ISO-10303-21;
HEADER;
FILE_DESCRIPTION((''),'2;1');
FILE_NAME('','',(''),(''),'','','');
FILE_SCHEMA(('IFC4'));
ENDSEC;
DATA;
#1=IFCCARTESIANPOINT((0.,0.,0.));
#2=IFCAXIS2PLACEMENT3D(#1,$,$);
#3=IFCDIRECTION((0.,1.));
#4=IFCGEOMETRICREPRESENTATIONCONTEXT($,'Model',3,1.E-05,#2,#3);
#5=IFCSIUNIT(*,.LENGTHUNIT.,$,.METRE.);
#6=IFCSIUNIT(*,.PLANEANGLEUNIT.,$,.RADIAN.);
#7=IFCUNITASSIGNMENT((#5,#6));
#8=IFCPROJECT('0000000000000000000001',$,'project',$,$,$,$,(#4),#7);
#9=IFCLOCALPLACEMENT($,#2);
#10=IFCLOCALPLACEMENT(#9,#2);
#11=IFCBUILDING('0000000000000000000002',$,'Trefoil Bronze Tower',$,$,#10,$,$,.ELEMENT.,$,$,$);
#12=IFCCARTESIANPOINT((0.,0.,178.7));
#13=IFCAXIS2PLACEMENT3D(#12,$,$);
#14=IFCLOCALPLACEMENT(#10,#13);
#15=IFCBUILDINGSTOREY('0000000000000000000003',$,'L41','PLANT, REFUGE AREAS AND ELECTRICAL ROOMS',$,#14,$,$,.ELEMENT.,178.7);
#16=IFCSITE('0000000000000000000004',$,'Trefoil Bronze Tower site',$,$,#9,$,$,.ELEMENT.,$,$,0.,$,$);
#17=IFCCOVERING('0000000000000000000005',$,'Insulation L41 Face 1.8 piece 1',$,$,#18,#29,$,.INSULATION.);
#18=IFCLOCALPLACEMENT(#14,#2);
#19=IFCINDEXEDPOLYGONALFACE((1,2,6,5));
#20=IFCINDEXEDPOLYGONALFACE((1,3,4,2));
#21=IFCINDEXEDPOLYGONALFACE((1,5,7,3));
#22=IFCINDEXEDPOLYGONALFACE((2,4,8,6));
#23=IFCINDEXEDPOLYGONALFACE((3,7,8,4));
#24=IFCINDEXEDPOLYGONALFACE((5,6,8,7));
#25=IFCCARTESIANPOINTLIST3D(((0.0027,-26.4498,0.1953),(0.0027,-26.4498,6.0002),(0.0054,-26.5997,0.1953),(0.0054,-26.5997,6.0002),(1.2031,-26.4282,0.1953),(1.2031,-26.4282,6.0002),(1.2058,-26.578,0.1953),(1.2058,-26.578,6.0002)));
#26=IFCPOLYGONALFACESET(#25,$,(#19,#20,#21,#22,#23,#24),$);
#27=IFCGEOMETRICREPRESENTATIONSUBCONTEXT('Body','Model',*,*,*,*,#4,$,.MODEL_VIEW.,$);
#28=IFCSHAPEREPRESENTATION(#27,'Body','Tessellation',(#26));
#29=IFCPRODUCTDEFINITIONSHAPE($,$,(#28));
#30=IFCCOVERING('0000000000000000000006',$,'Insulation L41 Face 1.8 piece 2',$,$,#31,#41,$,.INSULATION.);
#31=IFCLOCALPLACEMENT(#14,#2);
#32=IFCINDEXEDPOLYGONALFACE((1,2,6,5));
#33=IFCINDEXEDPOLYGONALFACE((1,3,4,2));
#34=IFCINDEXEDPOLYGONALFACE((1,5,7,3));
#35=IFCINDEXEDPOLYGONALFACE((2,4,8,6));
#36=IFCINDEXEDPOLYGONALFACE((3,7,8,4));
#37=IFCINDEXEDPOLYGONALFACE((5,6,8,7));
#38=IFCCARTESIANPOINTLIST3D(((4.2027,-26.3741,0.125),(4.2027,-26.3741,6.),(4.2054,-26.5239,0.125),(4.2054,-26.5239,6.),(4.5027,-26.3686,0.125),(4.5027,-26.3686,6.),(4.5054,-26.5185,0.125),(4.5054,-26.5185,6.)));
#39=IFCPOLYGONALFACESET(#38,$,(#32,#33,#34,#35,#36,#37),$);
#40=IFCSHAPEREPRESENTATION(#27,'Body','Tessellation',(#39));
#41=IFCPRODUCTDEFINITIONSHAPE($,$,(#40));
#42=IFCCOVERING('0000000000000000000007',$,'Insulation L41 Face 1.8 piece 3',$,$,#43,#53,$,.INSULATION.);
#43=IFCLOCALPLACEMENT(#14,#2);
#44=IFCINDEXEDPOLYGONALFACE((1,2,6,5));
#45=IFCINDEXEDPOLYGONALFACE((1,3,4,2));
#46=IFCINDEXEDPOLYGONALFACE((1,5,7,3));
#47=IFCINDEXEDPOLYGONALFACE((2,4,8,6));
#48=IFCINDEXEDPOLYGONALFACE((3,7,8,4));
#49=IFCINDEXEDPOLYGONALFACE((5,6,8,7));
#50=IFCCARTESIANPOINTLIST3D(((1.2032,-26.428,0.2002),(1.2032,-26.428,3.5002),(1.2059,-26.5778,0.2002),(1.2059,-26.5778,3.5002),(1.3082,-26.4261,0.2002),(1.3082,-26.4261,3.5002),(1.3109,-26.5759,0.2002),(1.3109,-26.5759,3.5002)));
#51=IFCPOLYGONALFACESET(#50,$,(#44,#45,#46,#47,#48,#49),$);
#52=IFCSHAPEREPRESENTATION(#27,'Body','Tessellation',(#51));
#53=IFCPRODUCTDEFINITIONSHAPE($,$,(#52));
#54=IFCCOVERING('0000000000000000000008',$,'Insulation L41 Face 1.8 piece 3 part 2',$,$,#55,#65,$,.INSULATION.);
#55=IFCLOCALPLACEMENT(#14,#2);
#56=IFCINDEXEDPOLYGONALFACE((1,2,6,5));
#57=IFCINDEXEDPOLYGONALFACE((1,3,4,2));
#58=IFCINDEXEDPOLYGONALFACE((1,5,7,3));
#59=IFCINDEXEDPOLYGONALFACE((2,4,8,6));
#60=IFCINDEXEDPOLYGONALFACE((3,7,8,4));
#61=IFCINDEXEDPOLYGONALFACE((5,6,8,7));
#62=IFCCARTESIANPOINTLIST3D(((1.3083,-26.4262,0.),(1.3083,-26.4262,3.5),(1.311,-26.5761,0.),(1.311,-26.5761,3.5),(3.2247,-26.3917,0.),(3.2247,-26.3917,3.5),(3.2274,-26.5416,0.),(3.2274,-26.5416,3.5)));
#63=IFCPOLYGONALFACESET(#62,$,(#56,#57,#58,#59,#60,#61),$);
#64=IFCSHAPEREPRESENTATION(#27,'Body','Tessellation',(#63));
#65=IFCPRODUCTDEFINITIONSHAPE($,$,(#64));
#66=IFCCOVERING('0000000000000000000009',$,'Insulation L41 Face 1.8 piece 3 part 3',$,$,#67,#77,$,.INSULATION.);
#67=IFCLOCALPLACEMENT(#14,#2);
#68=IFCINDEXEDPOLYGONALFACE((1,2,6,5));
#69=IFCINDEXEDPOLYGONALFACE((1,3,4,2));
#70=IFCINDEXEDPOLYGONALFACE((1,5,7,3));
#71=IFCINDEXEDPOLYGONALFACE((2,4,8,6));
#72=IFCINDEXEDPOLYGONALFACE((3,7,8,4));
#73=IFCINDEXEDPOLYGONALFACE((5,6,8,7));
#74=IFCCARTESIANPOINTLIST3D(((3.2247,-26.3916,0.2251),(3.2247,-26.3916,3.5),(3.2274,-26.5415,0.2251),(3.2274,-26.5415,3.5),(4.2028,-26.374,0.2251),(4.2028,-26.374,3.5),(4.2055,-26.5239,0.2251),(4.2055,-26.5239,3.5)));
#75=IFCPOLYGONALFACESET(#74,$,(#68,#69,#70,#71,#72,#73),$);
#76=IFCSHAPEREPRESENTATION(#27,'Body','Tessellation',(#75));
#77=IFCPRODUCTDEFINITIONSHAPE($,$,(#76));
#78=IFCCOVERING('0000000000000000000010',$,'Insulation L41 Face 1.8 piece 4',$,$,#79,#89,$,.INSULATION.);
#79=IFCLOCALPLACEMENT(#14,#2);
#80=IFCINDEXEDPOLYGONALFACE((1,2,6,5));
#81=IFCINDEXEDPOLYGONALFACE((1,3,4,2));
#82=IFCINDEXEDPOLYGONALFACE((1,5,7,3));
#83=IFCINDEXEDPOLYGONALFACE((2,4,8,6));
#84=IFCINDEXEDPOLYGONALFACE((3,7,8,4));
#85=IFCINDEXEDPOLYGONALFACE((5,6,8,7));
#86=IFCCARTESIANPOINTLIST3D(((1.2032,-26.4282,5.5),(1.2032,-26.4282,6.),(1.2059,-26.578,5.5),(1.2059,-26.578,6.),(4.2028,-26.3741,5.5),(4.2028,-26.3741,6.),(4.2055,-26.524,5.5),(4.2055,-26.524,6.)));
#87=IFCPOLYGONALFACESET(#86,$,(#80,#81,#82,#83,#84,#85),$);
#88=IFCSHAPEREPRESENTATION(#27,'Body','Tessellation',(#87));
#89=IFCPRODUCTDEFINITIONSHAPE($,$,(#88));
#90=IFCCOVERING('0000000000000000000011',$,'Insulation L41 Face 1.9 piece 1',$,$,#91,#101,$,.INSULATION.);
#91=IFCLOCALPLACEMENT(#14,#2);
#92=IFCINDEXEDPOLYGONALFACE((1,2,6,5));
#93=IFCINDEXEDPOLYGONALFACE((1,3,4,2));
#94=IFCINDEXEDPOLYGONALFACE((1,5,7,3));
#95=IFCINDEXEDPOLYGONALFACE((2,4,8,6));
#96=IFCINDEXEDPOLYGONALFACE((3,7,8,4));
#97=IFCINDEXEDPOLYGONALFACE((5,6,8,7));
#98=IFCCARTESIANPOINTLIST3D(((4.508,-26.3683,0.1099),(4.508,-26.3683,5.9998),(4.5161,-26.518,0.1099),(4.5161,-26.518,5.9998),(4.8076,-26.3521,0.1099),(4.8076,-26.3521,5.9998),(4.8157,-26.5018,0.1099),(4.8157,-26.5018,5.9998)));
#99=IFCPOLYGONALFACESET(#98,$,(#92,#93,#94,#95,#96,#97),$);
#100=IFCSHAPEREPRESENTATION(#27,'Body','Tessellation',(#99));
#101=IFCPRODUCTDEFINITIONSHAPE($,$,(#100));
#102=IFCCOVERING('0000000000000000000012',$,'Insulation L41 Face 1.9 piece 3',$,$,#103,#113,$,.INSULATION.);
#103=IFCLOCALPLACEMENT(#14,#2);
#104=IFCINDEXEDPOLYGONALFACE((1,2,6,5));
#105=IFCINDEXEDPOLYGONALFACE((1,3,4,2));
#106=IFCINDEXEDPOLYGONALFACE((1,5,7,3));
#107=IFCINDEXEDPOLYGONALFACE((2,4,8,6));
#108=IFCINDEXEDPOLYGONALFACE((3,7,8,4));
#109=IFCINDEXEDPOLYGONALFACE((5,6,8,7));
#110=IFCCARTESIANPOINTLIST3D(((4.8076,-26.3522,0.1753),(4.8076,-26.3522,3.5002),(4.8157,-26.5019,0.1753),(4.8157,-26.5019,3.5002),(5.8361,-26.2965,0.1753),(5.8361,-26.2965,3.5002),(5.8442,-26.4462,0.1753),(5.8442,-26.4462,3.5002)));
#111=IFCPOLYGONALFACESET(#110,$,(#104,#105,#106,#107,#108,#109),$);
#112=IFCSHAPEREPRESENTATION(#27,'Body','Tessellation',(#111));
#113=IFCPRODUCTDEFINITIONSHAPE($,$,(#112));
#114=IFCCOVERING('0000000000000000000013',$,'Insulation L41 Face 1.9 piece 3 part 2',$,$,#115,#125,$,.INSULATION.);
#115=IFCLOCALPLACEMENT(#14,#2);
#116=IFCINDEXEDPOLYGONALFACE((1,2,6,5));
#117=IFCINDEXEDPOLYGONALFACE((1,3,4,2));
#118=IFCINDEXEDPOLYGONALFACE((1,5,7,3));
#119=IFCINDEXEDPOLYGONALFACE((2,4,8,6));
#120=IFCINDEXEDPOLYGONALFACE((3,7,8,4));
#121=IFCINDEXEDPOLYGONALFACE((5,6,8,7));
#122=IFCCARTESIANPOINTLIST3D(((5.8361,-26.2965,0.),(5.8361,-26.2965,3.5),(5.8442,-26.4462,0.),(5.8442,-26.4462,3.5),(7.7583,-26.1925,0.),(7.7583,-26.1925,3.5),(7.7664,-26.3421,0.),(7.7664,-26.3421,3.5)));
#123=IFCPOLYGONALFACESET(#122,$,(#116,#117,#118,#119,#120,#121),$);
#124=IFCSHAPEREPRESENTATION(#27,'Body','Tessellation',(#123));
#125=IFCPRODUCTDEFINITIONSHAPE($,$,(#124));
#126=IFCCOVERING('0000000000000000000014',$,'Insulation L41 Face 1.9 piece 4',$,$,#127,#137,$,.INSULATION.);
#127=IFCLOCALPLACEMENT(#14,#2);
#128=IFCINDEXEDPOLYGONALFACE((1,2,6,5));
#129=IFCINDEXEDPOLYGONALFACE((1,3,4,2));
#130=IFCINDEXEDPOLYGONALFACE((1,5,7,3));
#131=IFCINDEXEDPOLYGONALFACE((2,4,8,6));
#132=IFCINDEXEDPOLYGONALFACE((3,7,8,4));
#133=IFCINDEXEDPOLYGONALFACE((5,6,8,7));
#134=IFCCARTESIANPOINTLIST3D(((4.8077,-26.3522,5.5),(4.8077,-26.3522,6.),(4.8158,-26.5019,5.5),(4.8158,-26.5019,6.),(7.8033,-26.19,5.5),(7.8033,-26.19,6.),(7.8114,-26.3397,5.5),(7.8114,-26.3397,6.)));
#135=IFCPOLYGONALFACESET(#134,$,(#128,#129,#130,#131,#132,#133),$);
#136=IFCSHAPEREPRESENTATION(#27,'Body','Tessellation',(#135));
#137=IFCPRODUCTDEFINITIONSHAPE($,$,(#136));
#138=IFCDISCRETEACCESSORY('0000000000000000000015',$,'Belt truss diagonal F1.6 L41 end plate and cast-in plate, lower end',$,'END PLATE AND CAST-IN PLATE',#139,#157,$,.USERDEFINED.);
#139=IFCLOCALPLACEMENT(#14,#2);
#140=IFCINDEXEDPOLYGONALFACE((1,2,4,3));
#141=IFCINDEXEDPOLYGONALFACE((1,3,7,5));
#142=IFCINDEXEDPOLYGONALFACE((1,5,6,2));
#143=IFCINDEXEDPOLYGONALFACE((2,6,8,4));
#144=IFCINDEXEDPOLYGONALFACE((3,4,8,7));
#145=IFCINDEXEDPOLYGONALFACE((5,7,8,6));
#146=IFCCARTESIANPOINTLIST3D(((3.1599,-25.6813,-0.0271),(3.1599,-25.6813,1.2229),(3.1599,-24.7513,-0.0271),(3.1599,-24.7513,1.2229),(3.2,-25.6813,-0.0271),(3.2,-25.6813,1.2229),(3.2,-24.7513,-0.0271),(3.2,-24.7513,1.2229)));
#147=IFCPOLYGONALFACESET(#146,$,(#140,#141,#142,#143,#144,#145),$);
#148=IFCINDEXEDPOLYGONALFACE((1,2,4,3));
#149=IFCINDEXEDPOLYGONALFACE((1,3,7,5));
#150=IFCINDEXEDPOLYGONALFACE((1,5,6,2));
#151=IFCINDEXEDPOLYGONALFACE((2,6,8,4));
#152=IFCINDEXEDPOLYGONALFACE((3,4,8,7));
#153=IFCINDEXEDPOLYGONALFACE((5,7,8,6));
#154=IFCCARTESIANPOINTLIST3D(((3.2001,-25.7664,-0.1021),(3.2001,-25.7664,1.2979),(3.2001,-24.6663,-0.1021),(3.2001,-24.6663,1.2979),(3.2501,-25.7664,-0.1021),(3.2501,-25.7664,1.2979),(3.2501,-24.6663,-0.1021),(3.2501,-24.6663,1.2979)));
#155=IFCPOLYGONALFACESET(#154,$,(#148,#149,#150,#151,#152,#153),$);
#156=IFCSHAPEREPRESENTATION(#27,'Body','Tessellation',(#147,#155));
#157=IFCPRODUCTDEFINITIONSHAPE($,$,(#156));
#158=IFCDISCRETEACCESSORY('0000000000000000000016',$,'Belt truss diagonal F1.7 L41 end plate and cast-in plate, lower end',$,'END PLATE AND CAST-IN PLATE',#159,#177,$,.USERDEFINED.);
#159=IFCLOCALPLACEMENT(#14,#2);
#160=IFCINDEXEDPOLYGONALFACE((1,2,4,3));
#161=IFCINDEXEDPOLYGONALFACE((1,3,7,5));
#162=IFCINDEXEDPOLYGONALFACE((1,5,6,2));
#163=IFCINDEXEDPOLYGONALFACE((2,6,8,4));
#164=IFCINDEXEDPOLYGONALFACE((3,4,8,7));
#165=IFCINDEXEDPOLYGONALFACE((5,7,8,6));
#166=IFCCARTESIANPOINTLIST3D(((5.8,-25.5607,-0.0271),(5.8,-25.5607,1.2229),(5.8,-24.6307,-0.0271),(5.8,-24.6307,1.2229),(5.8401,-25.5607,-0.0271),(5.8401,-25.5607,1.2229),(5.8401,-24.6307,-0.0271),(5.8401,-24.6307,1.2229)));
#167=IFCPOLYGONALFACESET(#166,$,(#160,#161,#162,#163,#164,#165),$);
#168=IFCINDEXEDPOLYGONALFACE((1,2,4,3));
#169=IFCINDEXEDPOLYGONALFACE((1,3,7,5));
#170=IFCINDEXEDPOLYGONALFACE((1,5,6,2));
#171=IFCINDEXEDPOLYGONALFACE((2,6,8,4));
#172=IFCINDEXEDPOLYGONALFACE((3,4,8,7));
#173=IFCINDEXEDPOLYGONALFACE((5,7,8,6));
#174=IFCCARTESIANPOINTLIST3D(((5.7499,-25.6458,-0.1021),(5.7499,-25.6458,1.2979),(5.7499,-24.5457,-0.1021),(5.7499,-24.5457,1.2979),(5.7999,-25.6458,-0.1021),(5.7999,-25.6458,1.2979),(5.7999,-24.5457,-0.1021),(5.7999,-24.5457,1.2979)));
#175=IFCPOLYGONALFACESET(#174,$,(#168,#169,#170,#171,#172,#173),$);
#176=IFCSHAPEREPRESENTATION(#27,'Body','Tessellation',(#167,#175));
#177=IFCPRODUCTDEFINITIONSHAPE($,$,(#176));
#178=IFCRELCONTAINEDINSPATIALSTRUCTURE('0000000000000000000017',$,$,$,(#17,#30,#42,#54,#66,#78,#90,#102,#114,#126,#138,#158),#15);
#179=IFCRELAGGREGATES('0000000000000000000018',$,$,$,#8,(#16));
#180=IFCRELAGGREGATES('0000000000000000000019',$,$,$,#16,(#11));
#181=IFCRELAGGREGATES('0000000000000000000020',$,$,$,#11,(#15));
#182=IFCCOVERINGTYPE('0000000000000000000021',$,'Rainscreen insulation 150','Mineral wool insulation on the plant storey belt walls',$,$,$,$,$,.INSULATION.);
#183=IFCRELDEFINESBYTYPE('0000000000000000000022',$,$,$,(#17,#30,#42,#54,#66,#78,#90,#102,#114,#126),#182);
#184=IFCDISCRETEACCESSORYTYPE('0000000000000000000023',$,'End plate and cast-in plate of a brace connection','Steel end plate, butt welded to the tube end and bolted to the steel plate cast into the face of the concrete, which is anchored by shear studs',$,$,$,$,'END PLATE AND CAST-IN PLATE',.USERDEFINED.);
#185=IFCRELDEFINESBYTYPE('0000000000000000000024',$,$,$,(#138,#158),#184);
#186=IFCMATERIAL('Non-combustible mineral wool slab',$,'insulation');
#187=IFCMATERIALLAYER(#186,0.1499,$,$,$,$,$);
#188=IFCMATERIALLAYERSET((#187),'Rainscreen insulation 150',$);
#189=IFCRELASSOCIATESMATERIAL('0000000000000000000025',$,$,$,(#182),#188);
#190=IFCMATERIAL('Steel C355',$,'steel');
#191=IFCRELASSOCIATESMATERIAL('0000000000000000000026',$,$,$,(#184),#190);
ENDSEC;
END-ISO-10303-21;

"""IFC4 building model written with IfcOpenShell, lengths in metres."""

from ifc_helpers import new_model, si_unit, direction, frame, origin, origin_2d, place, context, subcontext, project, spatial, rectangle, extrude, material, layer, layer_set, type_object, element, save


model = new_model("IFC4")

# Units and contexts
model_context = context("Model", 3, precision=1e-05, world=origin(), true_north=direction((0.0, 1.0)))
body_context = subcontext(model_context, "Body", "Model", "MODEL_VIEW")
ifc_project = project(units=[si_unit("LENGTHUNIT", "METRE"), si_unit("PLANEANGLEUNIT", "RADIAN")], contexts=[model_context])

# Site, building, storey
site_placement = place(None, origin())
site = spatial("IfcSite", under=ifc_project, at=site_placement, Name="Trefoil Bronze Tower site", CompositionType="ELEMENT", RefElevation=0.0)
building_placement = place(site_placement, origin())
building = spatial("IfcBuilding", under=site, at=building_placement, Name="Trefoil Bronze Tower", CompositionType="ELEMENT")
storey_placement = place(building_placement, frame((0.0, 0.0, 178.7)))
storey = spatial("IfcBuildingStorey", under=building, at=storey_placement, Name="L41", Description="PLANT, REFUGE AREAS AND ELECTRICAL ROOMS", CompositionType="ELEMENT", Elevation=178.7)

# Coverings
ifc_material_1 = material(Name="Non-combustible mineral wool slab", Category="insulation")
ifc_layer_1 = layer(ifc_material_1, 0.1499)
ifc_layer_set_1 = layer_set([ifc_layer_1], Name="Rainscreen insulation 150")
covering_type_1 = type_object("IfcCoveringType", Name="Rainscreen insulation 150", Description="Mineral wool insulation on the plant storey belt walls", PredefinedType="INSULATION", material=ifc_layer_set_1)
covering_1_placement = place(storey_placement, frame((0.6042, -26.5139, 0.1953), z_axis=(0.0, 0.0, 1.0), x_axis=(0.999838, 0.018021, 0.0)))
element("IfcCovering", 1, at=covering_1_placement, inside=storey, type_object=covering_type_1, Name="Insulation L41 Face 1.8 piece 1", PredefinedType="INSULATION", context=body_context, shape_type="SweptSolid", body=[
    extrude(rectangle(XDim=1.2007, YDim=0.1499, at=origin_2d()), origin(), (0.0, 0.0, 1.0), 5.8049),
])
covering_2_placement = place(storey_placement, frame((4.354, -26.4463, 0.125), z_axis=(0.0, 0.0, 1.0), x_axis=(0.999838, 0.018021, 0.0)))
element("IfcCovering", 2, at=covering_2_placement, inside=storey, type_object=covering_type_1, Name="Insulation L41 Face 1.8 piece 2", PredefinedType="INSULATION", context=body_context, shape_type="SweptSolid", body=[
    extrude(rectangle(XDim=0.3, YDim=0.1499, at=origin_2d()), origin(), (0.0, 0.0, 1.0), 5.875),
])
covering_3_placement = place(storey_placement, frame((1.2571, -26.502, 0.2002), z_axis=(0.0, 0.0, 1.0), x_axis=(0.999838, 0.018021, 0.0)))
element("IfcCovering", 3, at=covering_3_placement, inside=storey, type_object=covering_type_1, Name="Insulation L41 Face 1.8 piece 3", PredefinedType="INSULATION", context=body_context, shape_type="SweptSolid", body=[
    extrude(rectangle(XDim=0.105, YDim=0.1499, at=origin_2d()), origin(), (0.0, 0.0, 1.0), 3.3),
])
covering_4_placement = place(storey_placement, frame((2.2678, -26.4839, 0.0), z_axis=(0.0, 0.0, 1.0), x_axis=(0.999838, 0.018021, 0.0)))
element("IfcCovering", 4, at=covering_4_placement, inside=storey, type_object=covering_type_1, Name="Insulation L41 Face 1.8 piece 3 part 2", PredefinedType="INSULATION", context=body_context, shape_type="SweptSolid", body=[
    extrude(rectangle(XDim=1.9167, YDim=0.1499, at=origin_2d()), origin(), (0.0, 0.0, 1.0), 3.5),
])
covering_5_placement = place(storey_placement, frame((3.7151, -26.4578, 0.2251), z_axis=(0.0, 0.0, 1.0), x_axis=(0.999838, 0.018021, 0.0)))
element("IfcCovering", 5, at=covering_5_placement, inside=storey, type_object=covering_type_1, Name="Insulation L41 Face 1.8 piece 3 part 3", PredefinedType="INSULATION", context=body_context, shape_type="SweptSolid", body=[
    extrude(rectangle(XDim=0.9783, YDim=0.1499, at=origin_2d()), origin(), (0.0, 0.0, 1.0), 3.2749),
])
covering_6_placement = place(storey_placement, frame((2.7043, -26.4761, 5.5), z_axis=(0.0, 0.0, 1.0), x_axis=(0.999838, 0.018021, 0.0)))
element("IfcCovering", 6, at=covering_6_placement, inside=storey, type_object=covering_type_1, Name="Insulation L41 Face 1.8 piece 4", PredefinedType="INSULATION", context=body_context, shape_type="SweptSolid", body=[
    extrude(rectangle(XDim=3.0, YDim=0.1499, at=origin_2d()), origin(), (0.0, 0.0, 1.0), 0.5),
])
covering_7_placement = place(storey_placement, frame((4.6619, -26.4351, 0.1099), z_axis=(0.0, 0.0, 1.0), x_axis=(0.998538, 0.054063, 0.0)))
element("IfcCovering", 7, at=covering_7_placement, inside=storey, type_object=covering_type_1, Name="Insulation L41 Face 1.9 piece 1", PredefinedType="INSULATION", context=body_context, shape_type="SweptSolid", body=[
    extrude(rectangle(XDim=0.3, YDim=0.1499, at=origin_2d()), origin(), (0.0, 0.0, 1.0), 5.8899),
])
covering_8_placement = place(storey_placement, frame((5.3259, -26.3992, 0.1753), z_axis=(0.0, 0.0, 1.0), x_axis=(0.998538, 0.054063, 0.0)))
element("IfcCovering", 8, at=covering_8_placement, inside=storey, type_object=covering_type_1, Name="Insulation L41 Face 1.9 piece 3", PredefinedType="INSULATION", context=body_context, shape_type="SweptSolid", body=[
    extrude(rectangle(XDim=1.03, YDim=0.1499, at=origin_2d()), origin(), (0.0, 0.0, 1.0), 3.325),
])
covering_9_placement = place(storey_placement, frame((6.8013, -26.3193, 0.0), z_axis=(0.0, 0.0, 1.0), x_axis=(0.998538, 0.054063, 0.0)))
element("IfcCovering", 9, at=covering_9_placement, inside=storey, type_object=covering_type_1, Name="Insulation L41 Face 1.9 piece 3 part 2", PredefinedType="INSULATION", context=body_context, shape_type="SweptSolid", body=[
    extrude(rectangle(XDim=1.925, YDim=0.1499, at=origin_2d()), origin(), (0.0, 0.0, 1.0), 3.5),
])
covering_10_placement = place(storey_placement, frame((6.3096, -26.3459, 5.5), z_axis=(0.0, 0.0, 1.0), x_axis=(0.998538, 0.054063, 0.0)))
element("IfcCovering", 10, at=covering_10_placement, inside=storey, type_object=covering_type_1, Name="Insulation L41 Face 1.9 piece 4", PredefinedType="INSULATION", context=body_context, shape_type="SweptSolid", body=[
    extrude(rectangle(XDim=3.0, YDim=0.1499, at=origin_2d()), origin(), (0.0, 0.0, 1.0), 0.5),
])

# Discrete accessories
ifc_material_2 = material(Name="Steel C355", Category="steel")
discrete_accessory_type = type_object("IfcDiscreteAccessoryType", Name="End plate and cast-in plate of a brace connection", Description="Steel end plate, butt welded to the tube end and bolted to the steel plate cast into the face of the concrete, which is anchored by shear studs", ElementType="END PLATE AND CAST-IN PLATE", PredefinedType="USERDEFINED", material=ifc_material_2)
for number, where, z_axis, x_axis, name in (
    (11, (3.2, -25.2163, 0.5979), (0.0, 0.0, 1.0), (-1.0, 0.0, 0.0), "Belt truss diagonal F1.6 L41 end plate and cast-in plate, lower end"),
    (12, (5.8, -25.0957, 0.5979), (0.0, 0.0, 1.0), (1.0, 0.0, 0.0), "Belt truss diagonal F1.7 L41 end plate and cast-in plate, lower end"),
):
    element("IfcDiscreteAccessory", number, at=place(storey_placement, frame(where, z_axis=z_axis, x_axis=x_axis)), inside=storey, type_object=discrete_accessory_type, Name=name, ObjectType="END PLATE AND CAST-IN PLATE", PredefinedType="USERDEFINED", context=body_context, shape_type="SweptSolid", body=[
        extrude(rectangle(XDim=0.04, YDim=0.9299, at=origin_2d()), frame((0.02, 0.0, -0.625)), (0.0, 0.0, 1.0), 1.25),
        extrude(rectangle(XDim=0.05, YDim=1.1001, at=origin_2d()), frame((-0.0251, 0.0, -0.7)), (0.0, 0.0, 1.0), 1.3999),
    ])

save(model, "model.ifc")
